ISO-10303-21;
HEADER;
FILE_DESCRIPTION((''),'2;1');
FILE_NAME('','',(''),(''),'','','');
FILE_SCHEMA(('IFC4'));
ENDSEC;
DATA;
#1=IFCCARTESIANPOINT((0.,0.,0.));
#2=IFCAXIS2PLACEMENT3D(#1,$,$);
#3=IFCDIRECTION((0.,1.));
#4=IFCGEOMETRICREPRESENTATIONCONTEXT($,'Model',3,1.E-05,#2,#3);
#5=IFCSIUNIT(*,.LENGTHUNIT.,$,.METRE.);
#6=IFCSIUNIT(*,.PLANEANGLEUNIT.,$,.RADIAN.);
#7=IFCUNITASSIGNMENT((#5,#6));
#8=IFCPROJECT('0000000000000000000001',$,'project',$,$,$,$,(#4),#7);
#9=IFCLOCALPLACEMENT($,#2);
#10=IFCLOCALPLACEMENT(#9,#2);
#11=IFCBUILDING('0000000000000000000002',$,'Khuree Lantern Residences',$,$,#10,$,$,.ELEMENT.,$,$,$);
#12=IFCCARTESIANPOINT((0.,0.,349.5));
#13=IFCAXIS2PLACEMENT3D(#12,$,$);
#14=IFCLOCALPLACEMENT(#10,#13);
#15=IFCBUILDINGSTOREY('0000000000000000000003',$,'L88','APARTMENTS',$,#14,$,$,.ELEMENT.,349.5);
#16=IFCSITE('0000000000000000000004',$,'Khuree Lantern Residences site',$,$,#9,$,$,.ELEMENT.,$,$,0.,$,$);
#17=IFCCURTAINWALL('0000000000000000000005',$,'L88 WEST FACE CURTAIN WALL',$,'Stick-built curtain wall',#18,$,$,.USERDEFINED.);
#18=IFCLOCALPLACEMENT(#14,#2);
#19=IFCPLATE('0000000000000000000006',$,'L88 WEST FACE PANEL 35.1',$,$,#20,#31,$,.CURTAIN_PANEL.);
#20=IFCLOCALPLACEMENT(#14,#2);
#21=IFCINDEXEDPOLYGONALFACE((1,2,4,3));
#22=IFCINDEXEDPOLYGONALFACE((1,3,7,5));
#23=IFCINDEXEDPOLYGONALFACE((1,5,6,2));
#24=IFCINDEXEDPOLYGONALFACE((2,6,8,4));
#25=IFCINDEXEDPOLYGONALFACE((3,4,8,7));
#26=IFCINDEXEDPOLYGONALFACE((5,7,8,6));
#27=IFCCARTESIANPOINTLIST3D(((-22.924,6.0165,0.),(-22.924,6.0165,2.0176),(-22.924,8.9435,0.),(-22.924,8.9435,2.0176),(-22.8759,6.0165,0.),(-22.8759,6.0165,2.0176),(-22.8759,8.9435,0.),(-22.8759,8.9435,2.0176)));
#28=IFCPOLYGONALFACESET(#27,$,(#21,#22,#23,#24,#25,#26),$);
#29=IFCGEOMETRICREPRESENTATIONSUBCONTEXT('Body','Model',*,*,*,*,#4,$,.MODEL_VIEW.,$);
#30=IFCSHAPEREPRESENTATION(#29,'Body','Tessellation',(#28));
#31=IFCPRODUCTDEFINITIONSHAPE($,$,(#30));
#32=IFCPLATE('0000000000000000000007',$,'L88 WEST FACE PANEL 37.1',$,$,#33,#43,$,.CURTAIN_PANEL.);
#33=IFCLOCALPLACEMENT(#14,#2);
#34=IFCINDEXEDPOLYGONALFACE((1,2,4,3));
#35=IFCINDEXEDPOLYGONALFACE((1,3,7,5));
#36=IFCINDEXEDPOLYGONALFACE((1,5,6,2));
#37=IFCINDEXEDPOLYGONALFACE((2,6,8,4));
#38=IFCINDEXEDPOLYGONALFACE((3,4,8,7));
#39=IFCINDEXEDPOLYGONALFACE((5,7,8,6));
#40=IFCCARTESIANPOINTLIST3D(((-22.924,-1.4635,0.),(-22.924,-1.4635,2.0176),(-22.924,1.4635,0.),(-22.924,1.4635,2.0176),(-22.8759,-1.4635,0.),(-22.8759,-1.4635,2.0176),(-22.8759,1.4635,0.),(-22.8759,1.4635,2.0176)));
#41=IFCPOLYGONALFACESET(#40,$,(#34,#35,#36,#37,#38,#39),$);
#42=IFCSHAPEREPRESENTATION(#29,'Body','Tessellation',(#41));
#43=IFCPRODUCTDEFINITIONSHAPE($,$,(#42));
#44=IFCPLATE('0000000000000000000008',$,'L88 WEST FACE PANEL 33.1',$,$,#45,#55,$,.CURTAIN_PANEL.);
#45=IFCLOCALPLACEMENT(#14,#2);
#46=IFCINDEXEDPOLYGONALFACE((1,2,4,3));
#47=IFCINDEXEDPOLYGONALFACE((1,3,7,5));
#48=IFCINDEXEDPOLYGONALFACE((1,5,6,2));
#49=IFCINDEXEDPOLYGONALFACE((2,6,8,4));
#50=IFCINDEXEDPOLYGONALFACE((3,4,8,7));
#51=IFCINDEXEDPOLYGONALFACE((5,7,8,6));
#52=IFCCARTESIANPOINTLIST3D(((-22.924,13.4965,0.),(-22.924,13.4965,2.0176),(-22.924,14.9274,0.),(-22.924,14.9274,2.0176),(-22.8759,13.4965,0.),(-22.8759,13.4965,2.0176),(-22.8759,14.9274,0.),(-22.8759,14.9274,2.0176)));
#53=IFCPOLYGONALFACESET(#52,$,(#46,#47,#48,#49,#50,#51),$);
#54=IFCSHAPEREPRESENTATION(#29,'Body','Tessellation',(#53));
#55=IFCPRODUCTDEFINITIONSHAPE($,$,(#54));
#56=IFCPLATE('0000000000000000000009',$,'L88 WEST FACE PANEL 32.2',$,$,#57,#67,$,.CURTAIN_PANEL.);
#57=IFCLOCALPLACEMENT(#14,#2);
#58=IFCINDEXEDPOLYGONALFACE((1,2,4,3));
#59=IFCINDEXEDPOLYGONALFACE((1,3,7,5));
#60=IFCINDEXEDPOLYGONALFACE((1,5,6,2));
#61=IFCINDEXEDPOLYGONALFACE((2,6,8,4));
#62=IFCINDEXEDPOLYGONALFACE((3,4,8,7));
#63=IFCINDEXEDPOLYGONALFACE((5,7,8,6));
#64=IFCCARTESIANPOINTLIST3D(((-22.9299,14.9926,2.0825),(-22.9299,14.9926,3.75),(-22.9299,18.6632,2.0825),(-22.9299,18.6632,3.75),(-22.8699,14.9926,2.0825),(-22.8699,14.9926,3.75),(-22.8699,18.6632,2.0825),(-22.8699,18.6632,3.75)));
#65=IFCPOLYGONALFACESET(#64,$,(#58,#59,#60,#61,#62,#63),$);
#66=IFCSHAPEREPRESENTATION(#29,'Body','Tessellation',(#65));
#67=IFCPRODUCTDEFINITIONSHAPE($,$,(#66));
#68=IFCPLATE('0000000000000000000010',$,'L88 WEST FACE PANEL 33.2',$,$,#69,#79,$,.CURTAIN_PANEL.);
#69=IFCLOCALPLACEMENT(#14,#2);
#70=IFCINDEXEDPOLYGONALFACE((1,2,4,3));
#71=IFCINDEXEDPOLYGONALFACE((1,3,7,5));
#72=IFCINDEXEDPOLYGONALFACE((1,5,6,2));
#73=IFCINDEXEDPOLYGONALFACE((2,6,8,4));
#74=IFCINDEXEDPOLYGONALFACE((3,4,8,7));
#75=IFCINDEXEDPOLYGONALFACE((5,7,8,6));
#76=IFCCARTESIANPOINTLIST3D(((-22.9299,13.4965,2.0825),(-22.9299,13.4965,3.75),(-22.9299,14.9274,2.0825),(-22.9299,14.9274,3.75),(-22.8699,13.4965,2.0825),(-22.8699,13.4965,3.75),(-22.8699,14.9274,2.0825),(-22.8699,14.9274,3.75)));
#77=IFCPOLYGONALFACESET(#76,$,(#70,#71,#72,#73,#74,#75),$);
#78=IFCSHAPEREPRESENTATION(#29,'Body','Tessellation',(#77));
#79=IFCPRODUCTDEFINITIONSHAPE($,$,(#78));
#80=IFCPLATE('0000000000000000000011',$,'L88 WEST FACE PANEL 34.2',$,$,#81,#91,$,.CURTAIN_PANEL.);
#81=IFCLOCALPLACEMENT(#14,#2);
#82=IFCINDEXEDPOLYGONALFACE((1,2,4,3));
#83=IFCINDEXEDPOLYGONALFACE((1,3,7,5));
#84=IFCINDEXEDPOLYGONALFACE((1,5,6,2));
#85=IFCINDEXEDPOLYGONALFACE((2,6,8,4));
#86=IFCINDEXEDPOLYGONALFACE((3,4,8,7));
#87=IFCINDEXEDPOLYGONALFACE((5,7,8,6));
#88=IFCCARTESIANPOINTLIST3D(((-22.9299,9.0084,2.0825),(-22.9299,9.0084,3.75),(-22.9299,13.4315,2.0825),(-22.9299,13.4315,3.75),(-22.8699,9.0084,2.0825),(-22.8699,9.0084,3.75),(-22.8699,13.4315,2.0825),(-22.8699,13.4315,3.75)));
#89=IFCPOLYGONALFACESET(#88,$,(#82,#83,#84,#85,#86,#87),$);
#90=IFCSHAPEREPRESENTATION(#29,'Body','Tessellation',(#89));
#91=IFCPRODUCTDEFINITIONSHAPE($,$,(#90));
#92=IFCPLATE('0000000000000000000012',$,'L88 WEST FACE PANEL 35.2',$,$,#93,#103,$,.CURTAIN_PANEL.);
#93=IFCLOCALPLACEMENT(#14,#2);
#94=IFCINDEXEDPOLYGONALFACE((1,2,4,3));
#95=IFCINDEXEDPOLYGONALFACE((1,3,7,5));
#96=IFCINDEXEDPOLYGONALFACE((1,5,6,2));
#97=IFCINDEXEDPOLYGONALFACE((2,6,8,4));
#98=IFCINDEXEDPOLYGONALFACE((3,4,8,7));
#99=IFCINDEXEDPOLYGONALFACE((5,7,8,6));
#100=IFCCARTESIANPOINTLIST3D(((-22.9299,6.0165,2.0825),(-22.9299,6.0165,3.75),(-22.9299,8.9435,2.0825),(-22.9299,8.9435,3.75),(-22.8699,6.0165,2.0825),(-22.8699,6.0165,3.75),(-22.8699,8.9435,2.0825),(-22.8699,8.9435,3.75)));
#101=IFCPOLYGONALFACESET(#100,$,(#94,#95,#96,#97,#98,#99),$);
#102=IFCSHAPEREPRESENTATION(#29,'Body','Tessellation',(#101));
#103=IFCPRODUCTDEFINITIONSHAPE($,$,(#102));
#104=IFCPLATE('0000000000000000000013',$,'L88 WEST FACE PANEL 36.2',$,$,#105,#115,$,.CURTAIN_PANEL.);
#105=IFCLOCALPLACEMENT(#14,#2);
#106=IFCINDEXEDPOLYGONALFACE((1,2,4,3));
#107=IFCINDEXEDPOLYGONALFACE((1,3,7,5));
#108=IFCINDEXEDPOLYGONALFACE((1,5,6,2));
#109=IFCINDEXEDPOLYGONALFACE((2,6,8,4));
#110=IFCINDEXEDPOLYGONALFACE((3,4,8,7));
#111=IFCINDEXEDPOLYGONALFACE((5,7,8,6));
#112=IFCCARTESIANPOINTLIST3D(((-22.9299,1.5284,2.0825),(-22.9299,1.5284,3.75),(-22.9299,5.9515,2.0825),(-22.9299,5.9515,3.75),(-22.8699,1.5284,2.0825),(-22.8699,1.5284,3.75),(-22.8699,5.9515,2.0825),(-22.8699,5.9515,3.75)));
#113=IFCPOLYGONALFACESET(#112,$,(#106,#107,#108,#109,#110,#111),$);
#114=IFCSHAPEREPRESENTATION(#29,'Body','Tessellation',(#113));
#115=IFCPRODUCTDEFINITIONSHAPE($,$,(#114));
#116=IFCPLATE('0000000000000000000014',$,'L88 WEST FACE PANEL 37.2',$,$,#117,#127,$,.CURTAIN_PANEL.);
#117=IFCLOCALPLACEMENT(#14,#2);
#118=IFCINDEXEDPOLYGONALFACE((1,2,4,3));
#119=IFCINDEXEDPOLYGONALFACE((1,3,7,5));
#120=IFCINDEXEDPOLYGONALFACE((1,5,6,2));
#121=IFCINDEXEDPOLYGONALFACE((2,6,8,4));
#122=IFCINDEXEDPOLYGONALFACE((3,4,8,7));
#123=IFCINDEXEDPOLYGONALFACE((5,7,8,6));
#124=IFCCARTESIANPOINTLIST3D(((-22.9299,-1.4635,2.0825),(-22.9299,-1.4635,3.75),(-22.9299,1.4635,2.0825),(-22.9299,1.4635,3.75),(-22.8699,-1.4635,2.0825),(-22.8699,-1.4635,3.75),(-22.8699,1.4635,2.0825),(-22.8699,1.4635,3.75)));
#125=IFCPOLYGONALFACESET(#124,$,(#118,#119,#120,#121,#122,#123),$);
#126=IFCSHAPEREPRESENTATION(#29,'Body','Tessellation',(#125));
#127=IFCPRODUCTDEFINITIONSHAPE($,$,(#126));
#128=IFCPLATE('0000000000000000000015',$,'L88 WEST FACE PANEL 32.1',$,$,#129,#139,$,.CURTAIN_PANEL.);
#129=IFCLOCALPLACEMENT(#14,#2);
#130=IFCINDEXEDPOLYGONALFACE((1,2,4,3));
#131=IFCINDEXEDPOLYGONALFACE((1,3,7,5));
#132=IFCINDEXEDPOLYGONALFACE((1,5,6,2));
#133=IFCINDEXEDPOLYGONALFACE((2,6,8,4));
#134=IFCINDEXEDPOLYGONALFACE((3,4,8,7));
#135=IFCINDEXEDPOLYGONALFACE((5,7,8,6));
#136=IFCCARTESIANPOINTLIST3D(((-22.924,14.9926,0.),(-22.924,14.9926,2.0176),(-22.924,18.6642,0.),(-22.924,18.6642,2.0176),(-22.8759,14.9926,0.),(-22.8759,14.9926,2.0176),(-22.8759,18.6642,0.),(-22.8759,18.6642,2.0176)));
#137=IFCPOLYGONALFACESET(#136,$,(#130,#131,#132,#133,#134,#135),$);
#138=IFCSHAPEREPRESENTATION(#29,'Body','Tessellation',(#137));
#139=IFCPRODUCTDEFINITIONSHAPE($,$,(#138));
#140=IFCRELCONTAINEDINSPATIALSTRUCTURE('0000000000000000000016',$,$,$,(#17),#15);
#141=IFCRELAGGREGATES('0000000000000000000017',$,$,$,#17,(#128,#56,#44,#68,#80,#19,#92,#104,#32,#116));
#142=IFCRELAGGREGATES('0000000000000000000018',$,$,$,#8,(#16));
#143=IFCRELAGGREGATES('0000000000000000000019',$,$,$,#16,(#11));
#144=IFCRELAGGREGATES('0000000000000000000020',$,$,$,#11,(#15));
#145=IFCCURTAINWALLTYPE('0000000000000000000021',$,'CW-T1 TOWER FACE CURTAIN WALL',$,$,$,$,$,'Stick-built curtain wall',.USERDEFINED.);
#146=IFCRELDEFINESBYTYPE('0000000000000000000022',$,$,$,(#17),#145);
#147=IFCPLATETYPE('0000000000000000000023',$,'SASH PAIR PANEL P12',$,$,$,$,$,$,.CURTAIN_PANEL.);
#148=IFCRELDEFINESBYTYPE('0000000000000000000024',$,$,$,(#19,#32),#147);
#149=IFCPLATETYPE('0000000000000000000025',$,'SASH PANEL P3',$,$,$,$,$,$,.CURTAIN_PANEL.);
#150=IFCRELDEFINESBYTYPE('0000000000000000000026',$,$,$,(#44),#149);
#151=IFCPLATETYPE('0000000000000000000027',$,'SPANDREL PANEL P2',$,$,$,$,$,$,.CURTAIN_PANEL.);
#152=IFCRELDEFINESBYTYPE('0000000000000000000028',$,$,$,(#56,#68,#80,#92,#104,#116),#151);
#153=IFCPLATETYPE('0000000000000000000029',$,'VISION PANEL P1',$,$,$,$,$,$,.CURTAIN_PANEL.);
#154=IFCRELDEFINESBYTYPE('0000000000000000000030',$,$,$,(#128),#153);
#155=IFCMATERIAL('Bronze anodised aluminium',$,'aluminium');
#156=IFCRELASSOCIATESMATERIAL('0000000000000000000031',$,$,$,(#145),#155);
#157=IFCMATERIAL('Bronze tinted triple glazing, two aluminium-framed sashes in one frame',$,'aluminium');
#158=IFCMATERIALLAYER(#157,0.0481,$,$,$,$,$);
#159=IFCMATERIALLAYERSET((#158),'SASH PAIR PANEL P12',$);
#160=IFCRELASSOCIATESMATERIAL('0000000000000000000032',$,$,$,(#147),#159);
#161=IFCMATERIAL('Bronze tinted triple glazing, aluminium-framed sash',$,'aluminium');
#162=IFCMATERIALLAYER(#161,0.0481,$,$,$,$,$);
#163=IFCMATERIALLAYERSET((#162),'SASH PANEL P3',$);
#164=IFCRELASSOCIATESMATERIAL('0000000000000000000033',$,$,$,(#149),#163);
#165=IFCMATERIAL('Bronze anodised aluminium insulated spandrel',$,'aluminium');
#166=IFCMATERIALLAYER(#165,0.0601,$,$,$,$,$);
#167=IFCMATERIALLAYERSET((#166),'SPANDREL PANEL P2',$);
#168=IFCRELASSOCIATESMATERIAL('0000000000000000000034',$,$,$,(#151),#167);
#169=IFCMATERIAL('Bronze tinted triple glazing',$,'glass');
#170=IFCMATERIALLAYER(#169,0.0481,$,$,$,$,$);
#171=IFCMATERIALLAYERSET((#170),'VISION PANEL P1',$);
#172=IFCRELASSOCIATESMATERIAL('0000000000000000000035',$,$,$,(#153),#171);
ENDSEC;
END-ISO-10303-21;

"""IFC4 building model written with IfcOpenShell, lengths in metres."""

from ifc_helpers import new_model, si_unit, direction, frame, origin, origin_2d, place, context, subcontext, project, spatial, rectangle, extrude, material, layer, layer_set, type_object, element, aggregate, save


model = new_model("IFC4")

# Units and contexts
model_context = context("Model", 3, precision=1e-05, world=origin(), true_north=direction((0.0, 1.0)))
body_context = subcontext(model_context, "Body", "Model", "MODEL_VIEW")
ifc_project = project(units=[si_unit("LENGTHUNIT", "METRE"), si_unit("PLANEANGLEUNIT", "RADIAN")], contexts=[model_context])

# Site, building, storey
site_placement = place(None, origin())
site = spatial("IfcSite", under=ifc_project, at=site_placement, Name="Khuree Lantern Residences site", CompositionType="ELEMENT", RefElevation=0.0)
building_placement = place(site_placement, origin())
building = spatial("IfcBuilding", under=site, at=building_placement, Name="Khuree Lantern Residences", CompositionType="ELEMENT")
storey_placement = place(building_placement, frame((0.0, 0.0, 349.5)))
storey = spatial("IfcBuildingStorey", under=building, at=storey_placement, Name="L88", Description="APARTMENTS", CompositionType="ELEMENT", Elevation=349.5)

# Curtain wall
ifc_material_1 = material(Name="Bronze anodised aluminium", Category="aluminium")
curtain_wall_type = type_object("IfcCurtainWallType", Name="CW-T1 TOWER FACE CURTAIN WALL", ElementType="Stick-built curtain wall", PredefinedType="USERDEFINED", material=ifc_material_1)
curtain_wall_placement = place(storey_placement, origin())
curtain_wall = element("IfcCurtainWall", 1, at=curtain_wall_placement, inside=storey, type_object=curtain_wall_type, Name="L88 WEST FACE CURTAIN WALL", ObjectType="Stick-built curtain wall", PredefinedType="USERDEFINED")

# Plates
ifc_material_2 = material(Name="Bronze tinted triple glazing, two aluminium-framed sashes in one frame", Category="aluminium")
ifc_layer_1 = layer(ifc_material_2, 0.0481)
ifc_layer_set_1 = layer_set([ifc_layer_1], Name="SASH PAIR PANEL P12")
plate_type_1 = type_object("IfcPlateType", Name="SASH PAIR PANEL P12", PredefinedType="CURTAIN_PANEL", material=ifc_layer_set_1)
plate_1_placement = place(storey_placement, frame((-22.8999, 7.48, 0.0), z_axis=(0.0, 0.0, 1.0), x_axis=(0.0, -1.0, 0.0)))
plate_1 = element("IfcPlate", 2, at=plate_1_placement, type_object=plate_type_1, Name="L88 WEST FACE PANEL 35.1", PredefinedType="CURTAIN_PANEL", context=body_context, shape_type="SweptSolid", body=[
    extrude(rectangle(XDim=2.927, YDim=0.0481, at=origin_2d()), origin(), (0.0, 0.0, 1.0), 2.0176),
])
plate_2_placement = place(storey_placement, frame((-22.8999, 0.0, 0.0), z_axis=(0.0, 0.0, 1.0), x_axis=(0.0, -1.0, 0.0)))
plate_2 = element("IfcPlate", 3, at=plate_2_placement, type_object=plate_type_1, Name="L88 WEST FACE PANEL 37.1", PredefinedType="CURTAIN_PANEL", context=body_context, shape_type="SweptSolid", body=[
    extrude(rectangle(XDim=2.927, YDim=0.0481, at=origin_2d()), origin(), (0.0, 0.0, 1.0), 2.0176),
])
ifc_material_3 = material(Name="Bronze tinted triple glazing, aluminium-framed sash", Category="aluminium")
ifc_layer_2 = layer(ifc_material_3, 0.0481)
ifc_layer_set_2 = layer_set([ifc_layer_2], Name="SASH PANEL P3")
plate_type_2 = type_object("IfcPlateType", Name="SASH PANEL P3", PredefinedType="CURTAIN_PANEL", material=ifc_layer_set_2)
plate_3_placement = place(storey_placement, frame((-22.8999, 14.2119, 0.0), z_axis=(0.0, 0.0, 1.0), x_axis=(0.0, -1.0, 0.0)))
plate_3 = element("IfcPlate", 4, at=plate_3_placement, type_object=plate_type_2, Name="L88 WEST FACE PANEL 33.1", PredefinedType="CURTAIN_PANEL", context=body_context, shape_type="SweptSolid", body=[
    extrude(rectangle(XDim=1.4309, YDim=0.0481, at=origin_2d()), origin(), (0.0, 0.0, 1.0), 2.0176),
])
ifc_material_4 = material(Name="Bronze anodised aluminium insulated spandrel", Category="aluminium")
ifc_layer_3 = layer(ifc_material_4, 0.0601)
ifc_layer_set_3 = layer_set([ifc_layer_3], Name="SPANDREL PANEL P2")
plate_type_3 = type_object("IfcPlateType", Name="SPANDREL PANEL P2", PredefinedType="CURTAIN_PANEL", material=ifc_layer_set_3)
plate_4_placement = place(storey_placement, frame((-22.8999, 16.8279, 2.0825), z_axis=(0.0, 0.0, 1.0), x_axis=(0.0, -1.0, 0.0)))
plate_4 = element("IfcPlate", 5, at=plate_4_placement, type_object=plate_type_3, Name="L88 WEST FACE PANEL 32.2", PredefinedType="CURTAIN_PANEL", context=body_context, shape_type="SweptSolid", body=[
    extrude(rectangle(XDim=3.6707, YDim=0.0601, at=origin_2d()), origin(), (0.0, 0.0, 1.0), 1.6675),
])
plate_5_placement = place(storey_placement, frame((-22.8999, 14.2119, 2.0825), z_axis=(0.0, 0.0, 1.0), x_axis=(0.0, -1.0, 0.0)))
plate_5 = element("IfcPlate", 6, at=plate_5_placement, type_object=plate_type_3, Name="L88 WEST FACE PANEL 33.2", PredefinedType="CURTAIN_PANEL", context=body_context, shape_type="SweptSolid", body=[
    extrude(rectangle(XDim=1.4309, YDim=0.0601, at=origin_2d()), origin(), (0.0, 0.0, 1.0), 1.6675),
])
plate_6_placement = place(storey_placement, frame((-22.8999, 11.22, 2.0825), z_axis=(0.0, 0.0, 1.0), x_axis=(0.0, -1.0, 0.0)))
plate_6 = element("IfcPlate", 7, at=plate_6_placement, type_object=plate_type_3, Name="L88 WEST FACE PANEL 34.2", PredefinedType="CURTAIN_PANEL", context=body_context, shape_type="SweptSolid", body=[
    extrude(rectangle(XDim=4.4231, YDim=0.0601, at=origin_2d()), origin(), (0.0, 0.0, 1.0), 1.6675),
])
plate_7_placement = place(storey_placement, frame((-22.8999, 7.48, 2.0825), z_axis=(0.0, 0.0, 1.0), x_axis=(0.0, -1.0, 0.0)))
plate_7 = element("IfcPlate", 8, at=plate_7_placement, type_object=plate_type_3, Name="L88 WEST FACE PANEL 35.2", PredefinedType="CURTAIN_PANEL", context=body_context, shape_type="SweptSolid", body=[
    extrude(rectangle(XDim=2.927, YDim=0.0601, at=origin_2d()), origin(), (0.0, 0.0, 1.0), 1.6675),
])
plate_8_placement = place(storey_placement, frame((-22.8999, 3.74, 2.0825), z_axis=(0.0, 0.0, 1.0), x_axis=(0.0, -1.0, 0.0)))
plate_8 = element("IfcPlate", 9, at=plate_8_placement, type_object=plate_type_3, Name="L88 WEST FACE PANEL 36.2", PredefinedType="CURTAIN_PANEL", context=body_context, shape_type="SweptSolid", body=[
    extrude(rectangle(XDim=4.4231, YDim=0.0601, at=origin_2d()), origin(), (0.0, 0.0, 1.0), 1.6675),
])
plate_9_placement = place(storey_placement, frame((-22.8999, 0.0, 2.0825), z_axis=(0.0, 0.0, 1.0), x_axis=(0.0, -1.0, 0.0)))
plate_9 = element("IfcPlate", 10, at=plate_9_placement, type_object=plate_type_3, Name="L88 WEST FACE PANEL 37.2", PredefinedType="CURTAIN_PANEL", context=body_context, shape_type="SweptSolid", body=[
    extrude(rectangle(XDim=2.927, YDim=0.0601, at=origin_2d()), origin(), (0.0, 0.0, 1.0), 1.6675),
])
ifc_material_5 = material(Name="Bronze tinted triple glazing", Category="glass")
ifc_layer_4 = layer(ifc_material_5, 0.0481)
ifc_layer_set_4 = layer_set([ifc_layer_4], Name="VISION PANEL P1")
plate_type_4 = type_object("IfcPlateType", Name="VISION PANEL P1", PredefinedType="CURTAIN_PANEL", material=ifc_layer_set_4)
plate_10_placement = place(storey_placement, frame((-22.8999, 16.8284, 0.0), z_axis=(0.0, 0.0, 1.0), x_axis=(0.0, -1.0, 0.0)))
plate_10 = element("IfcPlate", 11, at=plate_10_placement, type_object=plate_type_4, Name="L88 WEST FACE PANEL 32.1", PredefinedType="CURTAIN_PANEL", context=body_context, shape_type="SweptSolid", body=[
    extrude(rectangle(XDim=3.6716, YDim=0.0481, at=origin_2d()), origin(), (0.0, 0.0, 1.0), 2.0176),
])
aggregate(curtain_wall, [plate_10, plate_4, plate_3, plate_5, plate_6, plate_1, plate_7, plate_8, plate_2, plate_9])

save(model, "model.ifc")
